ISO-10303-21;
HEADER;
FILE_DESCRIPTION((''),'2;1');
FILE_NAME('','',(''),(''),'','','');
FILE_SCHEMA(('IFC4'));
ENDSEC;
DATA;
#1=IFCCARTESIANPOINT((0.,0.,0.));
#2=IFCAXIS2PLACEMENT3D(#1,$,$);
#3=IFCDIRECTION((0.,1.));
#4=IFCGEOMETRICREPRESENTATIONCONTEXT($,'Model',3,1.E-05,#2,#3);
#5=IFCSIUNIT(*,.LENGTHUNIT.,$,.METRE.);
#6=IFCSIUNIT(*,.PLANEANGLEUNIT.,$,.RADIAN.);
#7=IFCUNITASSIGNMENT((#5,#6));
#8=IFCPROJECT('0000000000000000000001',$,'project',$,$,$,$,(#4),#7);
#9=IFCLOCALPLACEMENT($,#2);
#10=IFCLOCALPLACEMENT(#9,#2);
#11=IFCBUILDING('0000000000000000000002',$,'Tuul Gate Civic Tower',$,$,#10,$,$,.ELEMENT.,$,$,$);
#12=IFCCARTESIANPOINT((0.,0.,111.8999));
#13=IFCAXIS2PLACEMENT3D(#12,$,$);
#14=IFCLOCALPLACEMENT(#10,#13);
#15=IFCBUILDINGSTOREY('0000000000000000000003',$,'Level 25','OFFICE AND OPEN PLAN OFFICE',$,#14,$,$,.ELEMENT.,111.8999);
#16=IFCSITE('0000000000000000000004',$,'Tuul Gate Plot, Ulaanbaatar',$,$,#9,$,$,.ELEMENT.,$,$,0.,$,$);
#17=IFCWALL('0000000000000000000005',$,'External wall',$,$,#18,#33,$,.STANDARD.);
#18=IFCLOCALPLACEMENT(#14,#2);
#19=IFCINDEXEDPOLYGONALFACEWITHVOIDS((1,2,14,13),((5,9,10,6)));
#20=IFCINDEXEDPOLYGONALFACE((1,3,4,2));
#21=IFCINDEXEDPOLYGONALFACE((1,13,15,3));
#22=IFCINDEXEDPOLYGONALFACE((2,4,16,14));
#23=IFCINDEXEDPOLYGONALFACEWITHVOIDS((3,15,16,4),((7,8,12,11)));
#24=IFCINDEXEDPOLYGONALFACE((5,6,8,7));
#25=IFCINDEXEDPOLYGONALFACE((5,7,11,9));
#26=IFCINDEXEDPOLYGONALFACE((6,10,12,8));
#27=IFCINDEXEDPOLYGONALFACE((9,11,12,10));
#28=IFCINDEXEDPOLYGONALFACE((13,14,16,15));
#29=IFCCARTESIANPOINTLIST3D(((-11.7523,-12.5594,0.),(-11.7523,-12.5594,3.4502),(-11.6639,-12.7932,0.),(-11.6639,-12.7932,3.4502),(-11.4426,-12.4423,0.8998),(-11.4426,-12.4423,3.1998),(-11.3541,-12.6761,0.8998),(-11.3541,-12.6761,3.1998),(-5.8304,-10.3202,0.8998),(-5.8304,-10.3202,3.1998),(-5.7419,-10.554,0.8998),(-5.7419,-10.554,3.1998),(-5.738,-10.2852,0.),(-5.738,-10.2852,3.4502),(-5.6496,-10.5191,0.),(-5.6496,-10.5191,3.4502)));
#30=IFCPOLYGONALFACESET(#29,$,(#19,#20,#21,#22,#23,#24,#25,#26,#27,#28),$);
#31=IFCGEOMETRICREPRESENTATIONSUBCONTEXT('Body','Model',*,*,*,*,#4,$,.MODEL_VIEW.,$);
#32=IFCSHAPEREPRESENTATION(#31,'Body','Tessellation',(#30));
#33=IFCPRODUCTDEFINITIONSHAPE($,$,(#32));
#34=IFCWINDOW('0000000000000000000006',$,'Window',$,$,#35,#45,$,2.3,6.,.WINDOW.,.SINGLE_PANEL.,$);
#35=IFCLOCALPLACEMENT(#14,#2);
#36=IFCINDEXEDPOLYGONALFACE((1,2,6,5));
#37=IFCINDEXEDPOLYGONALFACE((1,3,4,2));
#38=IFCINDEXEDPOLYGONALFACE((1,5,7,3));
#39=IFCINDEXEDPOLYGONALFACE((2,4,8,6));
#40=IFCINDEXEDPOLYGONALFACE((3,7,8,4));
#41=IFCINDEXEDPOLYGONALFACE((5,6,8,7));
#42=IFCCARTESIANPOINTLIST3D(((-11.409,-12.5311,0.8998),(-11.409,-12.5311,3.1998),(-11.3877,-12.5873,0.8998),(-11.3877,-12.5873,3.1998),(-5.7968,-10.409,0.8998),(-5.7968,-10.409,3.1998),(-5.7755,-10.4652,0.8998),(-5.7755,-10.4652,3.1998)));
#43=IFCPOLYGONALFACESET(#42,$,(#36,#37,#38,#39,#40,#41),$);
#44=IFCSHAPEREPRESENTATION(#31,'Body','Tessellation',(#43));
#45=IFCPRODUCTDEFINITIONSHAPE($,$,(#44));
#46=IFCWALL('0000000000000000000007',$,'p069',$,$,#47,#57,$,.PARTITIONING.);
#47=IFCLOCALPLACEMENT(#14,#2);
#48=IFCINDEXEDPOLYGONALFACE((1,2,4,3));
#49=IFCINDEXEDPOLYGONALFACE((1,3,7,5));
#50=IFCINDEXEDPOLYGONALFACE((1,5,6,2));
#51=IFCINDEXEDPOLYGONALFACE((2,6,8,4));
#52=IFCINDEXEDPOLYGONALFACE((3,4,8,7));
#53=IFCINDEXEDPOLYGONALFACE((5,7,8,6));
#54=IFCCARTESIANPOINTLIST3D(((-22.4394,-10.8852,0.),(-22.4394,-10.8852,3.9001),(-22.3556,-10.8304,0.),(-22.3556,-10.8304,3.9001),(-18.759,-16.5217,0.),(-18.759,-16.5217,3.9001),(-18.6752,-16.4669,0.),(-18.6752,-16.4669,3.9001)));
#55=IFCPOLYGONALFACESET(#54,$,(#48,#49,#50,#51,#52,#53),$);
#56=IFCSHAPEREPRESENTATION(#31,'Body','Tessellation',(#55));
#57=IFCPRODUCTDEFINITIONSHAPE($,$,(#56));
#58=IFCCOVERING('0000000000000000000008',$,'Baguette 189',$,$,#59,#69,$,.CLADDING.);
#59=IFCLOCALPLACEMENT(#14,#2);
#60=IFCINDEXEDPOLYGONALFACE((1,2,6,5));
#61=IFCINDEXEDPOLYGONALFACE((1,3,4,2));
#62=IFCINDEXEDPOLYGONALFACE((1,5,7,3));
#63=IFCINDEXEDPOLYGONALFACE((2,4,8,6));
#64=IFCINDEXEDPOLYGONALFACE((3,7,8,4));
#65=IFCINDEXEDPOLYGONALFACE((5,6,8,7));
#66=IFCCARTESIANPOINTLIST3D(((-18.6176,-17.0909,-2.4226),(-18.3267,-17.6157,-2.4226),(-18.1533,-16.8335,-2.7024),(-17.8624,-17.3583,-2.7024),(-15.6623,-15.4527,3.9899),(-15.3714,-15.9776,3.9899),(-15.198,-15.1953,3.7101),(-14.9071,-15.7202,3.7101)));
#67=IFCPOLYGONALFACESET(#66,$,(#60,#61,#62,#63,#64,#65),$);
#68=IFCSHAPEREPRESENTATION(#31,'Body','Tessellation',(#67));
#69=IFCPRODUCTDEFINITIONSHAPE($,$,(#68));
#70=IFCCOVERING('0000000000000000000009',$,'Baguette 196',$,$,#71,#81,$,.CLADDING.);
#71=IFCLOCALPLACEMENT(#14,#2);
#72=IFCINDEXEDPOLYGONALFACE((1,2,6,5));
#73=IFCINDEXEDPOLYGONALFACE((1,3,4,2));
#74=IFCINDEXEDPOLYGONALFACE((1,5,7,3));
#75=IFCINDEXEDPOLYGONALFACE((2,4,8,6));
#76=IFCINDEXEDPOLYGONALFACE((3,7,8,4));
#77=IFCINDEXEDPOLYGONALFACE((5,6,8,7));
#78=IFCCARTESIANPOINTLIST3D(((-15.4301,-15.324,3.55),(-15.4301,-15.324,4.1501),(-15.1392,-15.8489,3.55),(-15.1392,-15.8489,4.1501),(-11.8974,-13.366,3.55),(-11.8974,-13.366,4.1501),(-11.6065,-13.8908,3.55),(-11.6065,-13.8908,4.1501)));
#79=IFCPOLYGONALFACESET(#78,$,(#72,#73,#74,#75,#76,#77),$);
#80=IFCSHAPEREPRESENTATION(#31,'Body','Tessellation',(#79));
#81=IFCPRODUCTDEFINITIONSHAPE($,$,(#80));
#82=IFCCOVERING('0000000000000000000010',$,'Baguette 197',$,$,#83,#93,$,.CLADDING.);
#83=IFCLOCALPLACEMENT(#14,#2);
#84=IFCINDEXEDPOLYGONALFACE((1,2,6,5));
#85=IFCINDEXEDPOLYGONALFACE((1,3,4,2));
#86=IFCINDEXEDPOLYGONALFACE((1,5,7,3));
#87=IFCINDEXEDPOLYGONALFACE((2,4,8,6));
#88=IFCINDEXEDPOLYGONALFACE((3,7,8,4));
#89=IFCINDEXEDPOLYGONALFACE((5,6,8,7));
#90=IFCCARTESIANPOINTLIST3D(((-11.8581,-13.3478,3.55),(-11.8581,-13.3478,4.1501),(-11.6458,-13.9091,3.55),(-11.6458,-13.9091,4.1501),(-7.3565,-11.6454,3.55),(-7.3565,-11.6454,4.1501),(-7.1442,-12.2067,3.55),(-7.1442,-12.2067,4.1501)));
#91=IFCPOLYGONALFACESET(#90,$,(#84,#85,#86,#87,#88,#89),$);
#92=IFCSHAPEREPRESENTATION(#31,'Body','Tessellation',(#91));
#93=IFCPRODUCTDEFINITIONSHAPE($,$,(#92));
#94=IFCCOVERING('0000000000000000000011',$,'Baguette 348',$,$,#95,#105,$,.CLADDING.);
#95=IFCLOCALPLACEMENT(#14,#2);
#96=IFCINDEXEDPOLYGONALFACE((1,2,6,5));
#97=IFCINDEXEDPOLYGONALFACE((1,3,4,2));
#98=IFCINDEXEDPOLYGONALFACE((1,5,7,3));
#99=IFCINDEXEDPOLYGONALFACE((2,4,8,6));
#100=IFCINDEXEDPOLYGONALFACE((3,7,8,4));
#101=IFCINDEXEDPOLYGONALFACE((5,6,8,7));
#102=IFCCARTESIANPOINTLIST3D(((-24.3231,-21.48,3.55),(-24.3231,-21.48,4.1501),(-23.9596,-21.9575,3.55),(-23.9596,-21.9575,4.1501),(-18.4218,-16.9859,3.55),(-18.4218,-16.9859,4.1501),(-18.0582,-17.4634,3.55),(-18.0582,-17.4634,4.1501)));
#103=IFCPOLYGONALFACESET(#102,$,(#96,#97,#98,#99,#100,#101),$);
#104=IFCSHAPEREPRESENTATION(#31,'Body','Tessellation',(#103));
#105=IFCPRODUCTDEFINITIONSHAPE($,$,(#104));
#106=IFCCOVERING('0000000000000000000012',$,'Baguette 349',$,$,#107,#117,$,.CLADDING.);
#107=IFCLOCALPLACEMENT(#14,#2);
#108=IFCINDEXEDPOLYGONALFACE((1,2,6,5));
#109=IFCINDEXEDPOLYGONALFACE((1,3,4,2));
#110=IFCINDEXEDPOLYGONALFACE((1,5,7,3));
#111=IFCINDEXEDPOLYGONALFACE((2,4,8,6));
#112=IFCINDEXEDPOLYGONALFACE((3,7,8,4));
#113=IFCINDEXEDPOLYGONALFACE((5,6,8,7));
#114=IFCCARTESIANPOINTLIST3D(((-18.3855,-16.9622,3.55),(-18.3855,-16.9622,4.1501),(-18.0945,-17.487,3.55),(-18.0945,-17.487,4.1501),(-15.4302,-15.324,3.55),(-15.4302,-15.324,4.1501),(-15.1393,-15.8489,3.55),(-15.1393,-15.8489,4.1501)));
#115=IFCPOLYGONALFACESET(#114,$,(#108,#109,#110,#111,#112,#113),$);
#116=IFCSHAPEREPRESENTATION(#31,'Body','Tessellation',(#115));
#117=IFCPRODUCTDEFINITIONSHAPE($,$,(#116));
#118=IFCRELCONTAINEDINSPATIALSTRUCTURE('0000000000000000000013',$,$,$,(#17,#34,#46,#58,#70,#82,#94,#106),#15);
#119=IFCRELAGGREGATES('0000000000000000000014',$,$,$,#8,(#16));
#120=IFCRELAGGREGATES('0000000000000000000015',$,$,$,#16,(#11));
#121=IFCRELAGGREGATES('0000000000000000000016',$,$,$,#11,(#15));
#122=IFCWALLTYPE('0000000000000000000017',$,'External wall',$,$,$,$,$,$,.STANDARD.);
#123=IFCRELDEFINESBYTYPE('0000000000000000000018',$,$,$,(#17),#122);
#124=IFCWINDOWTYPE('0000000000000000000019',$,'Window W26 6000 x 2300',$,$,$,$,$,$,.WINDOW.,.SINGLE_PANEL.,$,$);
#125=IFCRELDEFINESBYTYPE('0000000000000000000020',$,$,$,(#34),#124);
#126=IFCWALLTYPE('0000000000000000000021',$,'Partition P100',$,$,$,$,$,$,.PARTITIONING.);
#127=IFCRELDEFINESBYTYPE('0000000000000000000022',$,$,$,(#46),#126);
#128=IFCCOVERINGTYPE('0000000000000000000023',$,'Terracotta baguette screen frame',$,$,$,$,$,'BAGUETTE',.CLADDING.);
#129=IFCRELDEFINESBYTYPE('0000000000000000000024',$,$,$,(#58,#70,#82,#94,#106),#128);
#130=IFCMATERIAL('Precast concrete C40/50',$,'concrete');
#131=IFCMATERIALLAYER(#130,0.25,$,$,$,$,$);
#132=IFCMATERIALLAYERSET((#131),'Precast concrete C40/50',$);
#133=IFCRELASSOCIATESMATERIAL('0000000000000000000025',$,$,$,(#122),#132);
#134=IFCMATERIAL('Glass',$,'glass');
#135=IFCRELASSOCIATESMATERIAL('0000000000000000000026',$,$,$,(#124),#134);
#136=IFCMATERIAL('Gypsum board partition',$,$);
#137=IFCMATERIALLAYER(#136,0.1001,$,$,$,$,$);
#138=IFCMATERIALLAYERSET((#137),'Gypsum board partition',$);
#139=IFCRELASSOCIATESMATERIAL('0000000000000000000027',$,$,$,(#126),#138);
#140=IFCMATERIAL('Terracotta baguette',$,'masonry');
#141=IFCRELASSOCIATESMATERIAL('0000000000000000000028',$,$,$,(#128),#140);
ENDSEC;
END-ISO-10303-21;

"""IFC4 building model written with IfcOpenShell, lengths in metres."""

from ifc_helpers import new_model, si_unit, direction, frame, frame_2d, origin, origin_2d, place, context, subcontext, project, spatial, rectangle, extrude, material, layer, layer_set, material_profile, profile_set, type_object, element, fill, save


model = new_model("IFC4")

# Units and contexts
model_context = context("Model", 3, precision=1e-05, world=origin(), true_north=direction((0.0, 1.0)))
body_context = subcontext(model_context, "Body", "Model", "MODEL_VIEW")
ifc_project = project(units=[si_unit("LENGTHUNIT", "METRE"), si_unit("PLANEANGLEUNIT", "RADIAN")], contexts=[model_context])

# Site, building, storey
site_placement = place(None, origin())
site = spatial("IfcSite", under=ifc_project, at=site_placement, Name="Tuul Gate Plot, Ulaanbaatar", CompositionType="ELEMENT", RefElevation=0.0)
building_placement = place(site_placement, origin())
building = spatial("IfcBuilding", under=site, at=building_placement, Name="Tuul Gate Civic Tower", CompositionType="ELEMENT")
storey_placement = place(building_placement, frame((0.0, 0.0, 111.8999)))
storey = spatial("IfcBuildingStorey", under=building, at=storey_placement, Name="Level 25", Description="OFFICE AND OPEN PLAN OFFICE", CompositionType="ELEMENT", Elevation=111.8999)

# Wall, opening, window
ifc_material_1 = material(Name="Precast concrete C40/50", Category="concrete")
ifc_layer_1 = layer(ifc_material_1, 0.25)
ifc_layer_set_1 = layer_set([ifc_layer_1], Name="Precast concrete C40/50")
wall_type_1 = type_object("IfcWallType", Name="External wall", PredefinedType="STANDARD", material=ifc_layer_set_1)
ifc_material_2 = material(Name="Glass", Category="glass")
window_type = type_object("IfcWindowType", Name="Window W26 6000 x 2300", PartitioningType="SINGLE_PANEL", PredefinedType="WINDOW", material=ifc_material_2)
wall_1_placement = place(storey_placement, frame((-11.708, -12.6763, 0.0), z_axis=(0.0, 0.0, 1.0), x_axis=(0.935366, 0.353681, 0.0)))
wall_1 = element("IfcWall", 1, at=wall_1_placement, inside=storey, type_object=wall_type_1, Name="External wall", PredefinedType="STANDARD", context=body_context, shape_type="SweptSolid", body=[
    extrude(rectangle(XDim=6.4299, YDim=0.25, at=frame_2d((3.2148, 0.0))), origin(), (0.0, 0.0, 1.0), 3.4502),
])
opening_1_placement = place(wall_1_placement, frame((0.3311, 0.0, 0.8999)))
opening_1 = element("IfcOpeningElement", 2, at=opening_1_placement, cuts=wall_1, PredefinedType="OPENING", context=body_context, shape_type="SweptSolid", body=[
    extrude(rectangle(XDim=6.0, YDim=2.3, at=frame_2d((3.0, 1.1499))), frame((0.0, 0.135, 0.0), z_axis=(0.0, -1.0, 0.0), x_axis=(1.0, 0.0, 0.0)), (0.0, 0.0, 1.0), 0.27),
])
window_1_placement = place(opening_1_placement, origin())
window_1 = element("IfcWindow", 3, at=window_1_placement, inside=storey, type_object=window_type, Name="Window", OverallHeight=2.3, OverallWidth=6.0, PartitioningType="SINGLE_PANEL", PredefinedType="WINDOW", context=body_context, shape_type="SweptSolid", body=[
    extrude(rectangle(XDim=6.0, YDim=2.3, at=frame_2d((3.0, 1.1499))), frame((0.0, 0.03, 0.0), z_axis=(0.0, -1.0, 0.0), x_axis=(1.0, 0.0, 0.0)), (0.0, 0.0, 1.0), 0.0601),
])
fill(opening_1, window_1)

# Wall
ifc_material_3 = material(Name="Gypsum board partition")
ifc_layer_2 = layer(ifc_material_3, 0.1001)
ifc_layer_set_2 = layer_set([ifc_layer_2], Name="Gypsum board partition")
wall_type_2 = type_object("IfcWallType", Name="Partition P100", PredefinedType="PARTITIONING", material=ifc_layer_set_2)
wall_2_placement = place(storey_placement, frame((-22.3975, -10.8579, 0.0), z_axis=(0.0, 0.0, 1.0), x_axis=(0.546732, -0.837307, 0.0)))
element("IfcWall", 4, at=wall_2_placement, inside=storey, type_object=wall_type_2, Name="p069", PredefinedType="PARTITIONING", context=body_context, shape_type="SweptSolid", body=[
    extrude(rectangle(XDim=6.7317, YDim=0.1001, at=frame_2d((3.3657, 0.0))), origin(), (0.0, 0.0, 1.0), 3.9001),
])

# Coverings
ifc_material_4 = material(Name="Terracotta baguette", Category="masonry")
ifc_material_profile_1 = material_profile(ifc_material_4, rectangle(XDim=0.6001, YDim=0.6001, at=origin_2d()), Name="Terracotta baguette screen frame")
ifc_profile_set_1 = profile_set([ifc_material_profile_1], Name="Terracotta baguette")
covering_type = type_object("IfcCoveringType", Name="Terracotta baguette screen frame", ElementType="BAGUETTE", PredefinedType="CLADDING", material=ifc_profile_set_1)
covering_1_placement = place(storey_placement, frame((-18.24, -17.2246, -2.5625), z_axis=(0.407722, 0.226007, 0.884694), x_axis=(-0.484815, 0.874617, 0.0)))
element("IfcCovering", 5, at=covering_1_placement, inside=storey, type_object=covering_type, Name="Baguette 189", PredefinedType="CLADDING", context=body_context, shape_type="SweptSolid", body=[
    extrude(rectangle(XDim=0.6001, YDim=0.6001, at=origin_2d()), origin(), (0.0, 0.0, 1.0), 7.2483),
])
covering_2_placement = place(storey_placement, frame((-15.2847, -15.5864, 3.8501), z_axis=(0.874642, 0.48477, 0.0), x_axis=(-0.48477, 0.874642, 0.0)))
element("IfcCovering", 6, at=covering_2_placement, inside=storey, type_object=covering_type, Name="Baguette 196", PredefinedType="CLADDING", context=body_context, shape_type="SweptSolid", body=[
    extrude(rectangle(XDim=0.6001, YDim=0.6001, at=origin_2d()), origin(), (0.0, 0.0, 1.0), 4.0391),
])
covering_3_placement = place(storey_placement, frame((-11.752, -13.6284, 3.8501), z_axis=(0.935352, 0.353718, 0.0), x_axis=(-0.353718, 0.935352, 0.0)))
element("IfcCovering", 7, at=covering_3_placement, inside=storey, type_object=covering_type, Name="Baguette 197", PredefinedType="CLADDING", context=body_context, shape_type="SweptSolid", body=[
    extrude(rectangle(XDim=0.6001, YDim=0.6001, at=origin_2d()), origin(), (0.0, 0.0, 1.0), 4.8127),
])
covering_4_placement = place(storey_placement, frame((-24.1414, -21.7188, 3.8501), z_axis=(0.795571, 0.605861, 0.0), x_axis=(-0.605861, 0.795571, 0.0)))
element("IfcCovering", 8, at=covering_4_placement, inside=storey, type_object=covering_type, Name="Baguette 348", PredefinedType="CLADDING", context=body_context, shape_type="SweptSolid", body=[
    extrude(rectangle(XDim=0.6001, YDim=0.6001, at=origin_2d()), origin(), (0.0, 0.0, 1.0), 7.4177),
])
covering_5_placement = place(storey_placement, frame((-18.24, -17.2246, 3.8501), z_axis=(0.874617, 0.484815, 0.0), x_axis=(-0.484815, 0.874617, 0.0)))
element("IfcCovering", 9, at=covering_5_placement, inside=storey, type_object=covering_type, Name="Baguette 349", PredefinedType="CLADDING", context=body_context, shape_type="SweptSolid", body=[
    extrude(rectangle(XDim=0.6001, YDim=0.6001, at=origin_2d()), origin(), (0.0, 0.0, 1.0), 3.3789),
])

save(model, "model.ifc")
